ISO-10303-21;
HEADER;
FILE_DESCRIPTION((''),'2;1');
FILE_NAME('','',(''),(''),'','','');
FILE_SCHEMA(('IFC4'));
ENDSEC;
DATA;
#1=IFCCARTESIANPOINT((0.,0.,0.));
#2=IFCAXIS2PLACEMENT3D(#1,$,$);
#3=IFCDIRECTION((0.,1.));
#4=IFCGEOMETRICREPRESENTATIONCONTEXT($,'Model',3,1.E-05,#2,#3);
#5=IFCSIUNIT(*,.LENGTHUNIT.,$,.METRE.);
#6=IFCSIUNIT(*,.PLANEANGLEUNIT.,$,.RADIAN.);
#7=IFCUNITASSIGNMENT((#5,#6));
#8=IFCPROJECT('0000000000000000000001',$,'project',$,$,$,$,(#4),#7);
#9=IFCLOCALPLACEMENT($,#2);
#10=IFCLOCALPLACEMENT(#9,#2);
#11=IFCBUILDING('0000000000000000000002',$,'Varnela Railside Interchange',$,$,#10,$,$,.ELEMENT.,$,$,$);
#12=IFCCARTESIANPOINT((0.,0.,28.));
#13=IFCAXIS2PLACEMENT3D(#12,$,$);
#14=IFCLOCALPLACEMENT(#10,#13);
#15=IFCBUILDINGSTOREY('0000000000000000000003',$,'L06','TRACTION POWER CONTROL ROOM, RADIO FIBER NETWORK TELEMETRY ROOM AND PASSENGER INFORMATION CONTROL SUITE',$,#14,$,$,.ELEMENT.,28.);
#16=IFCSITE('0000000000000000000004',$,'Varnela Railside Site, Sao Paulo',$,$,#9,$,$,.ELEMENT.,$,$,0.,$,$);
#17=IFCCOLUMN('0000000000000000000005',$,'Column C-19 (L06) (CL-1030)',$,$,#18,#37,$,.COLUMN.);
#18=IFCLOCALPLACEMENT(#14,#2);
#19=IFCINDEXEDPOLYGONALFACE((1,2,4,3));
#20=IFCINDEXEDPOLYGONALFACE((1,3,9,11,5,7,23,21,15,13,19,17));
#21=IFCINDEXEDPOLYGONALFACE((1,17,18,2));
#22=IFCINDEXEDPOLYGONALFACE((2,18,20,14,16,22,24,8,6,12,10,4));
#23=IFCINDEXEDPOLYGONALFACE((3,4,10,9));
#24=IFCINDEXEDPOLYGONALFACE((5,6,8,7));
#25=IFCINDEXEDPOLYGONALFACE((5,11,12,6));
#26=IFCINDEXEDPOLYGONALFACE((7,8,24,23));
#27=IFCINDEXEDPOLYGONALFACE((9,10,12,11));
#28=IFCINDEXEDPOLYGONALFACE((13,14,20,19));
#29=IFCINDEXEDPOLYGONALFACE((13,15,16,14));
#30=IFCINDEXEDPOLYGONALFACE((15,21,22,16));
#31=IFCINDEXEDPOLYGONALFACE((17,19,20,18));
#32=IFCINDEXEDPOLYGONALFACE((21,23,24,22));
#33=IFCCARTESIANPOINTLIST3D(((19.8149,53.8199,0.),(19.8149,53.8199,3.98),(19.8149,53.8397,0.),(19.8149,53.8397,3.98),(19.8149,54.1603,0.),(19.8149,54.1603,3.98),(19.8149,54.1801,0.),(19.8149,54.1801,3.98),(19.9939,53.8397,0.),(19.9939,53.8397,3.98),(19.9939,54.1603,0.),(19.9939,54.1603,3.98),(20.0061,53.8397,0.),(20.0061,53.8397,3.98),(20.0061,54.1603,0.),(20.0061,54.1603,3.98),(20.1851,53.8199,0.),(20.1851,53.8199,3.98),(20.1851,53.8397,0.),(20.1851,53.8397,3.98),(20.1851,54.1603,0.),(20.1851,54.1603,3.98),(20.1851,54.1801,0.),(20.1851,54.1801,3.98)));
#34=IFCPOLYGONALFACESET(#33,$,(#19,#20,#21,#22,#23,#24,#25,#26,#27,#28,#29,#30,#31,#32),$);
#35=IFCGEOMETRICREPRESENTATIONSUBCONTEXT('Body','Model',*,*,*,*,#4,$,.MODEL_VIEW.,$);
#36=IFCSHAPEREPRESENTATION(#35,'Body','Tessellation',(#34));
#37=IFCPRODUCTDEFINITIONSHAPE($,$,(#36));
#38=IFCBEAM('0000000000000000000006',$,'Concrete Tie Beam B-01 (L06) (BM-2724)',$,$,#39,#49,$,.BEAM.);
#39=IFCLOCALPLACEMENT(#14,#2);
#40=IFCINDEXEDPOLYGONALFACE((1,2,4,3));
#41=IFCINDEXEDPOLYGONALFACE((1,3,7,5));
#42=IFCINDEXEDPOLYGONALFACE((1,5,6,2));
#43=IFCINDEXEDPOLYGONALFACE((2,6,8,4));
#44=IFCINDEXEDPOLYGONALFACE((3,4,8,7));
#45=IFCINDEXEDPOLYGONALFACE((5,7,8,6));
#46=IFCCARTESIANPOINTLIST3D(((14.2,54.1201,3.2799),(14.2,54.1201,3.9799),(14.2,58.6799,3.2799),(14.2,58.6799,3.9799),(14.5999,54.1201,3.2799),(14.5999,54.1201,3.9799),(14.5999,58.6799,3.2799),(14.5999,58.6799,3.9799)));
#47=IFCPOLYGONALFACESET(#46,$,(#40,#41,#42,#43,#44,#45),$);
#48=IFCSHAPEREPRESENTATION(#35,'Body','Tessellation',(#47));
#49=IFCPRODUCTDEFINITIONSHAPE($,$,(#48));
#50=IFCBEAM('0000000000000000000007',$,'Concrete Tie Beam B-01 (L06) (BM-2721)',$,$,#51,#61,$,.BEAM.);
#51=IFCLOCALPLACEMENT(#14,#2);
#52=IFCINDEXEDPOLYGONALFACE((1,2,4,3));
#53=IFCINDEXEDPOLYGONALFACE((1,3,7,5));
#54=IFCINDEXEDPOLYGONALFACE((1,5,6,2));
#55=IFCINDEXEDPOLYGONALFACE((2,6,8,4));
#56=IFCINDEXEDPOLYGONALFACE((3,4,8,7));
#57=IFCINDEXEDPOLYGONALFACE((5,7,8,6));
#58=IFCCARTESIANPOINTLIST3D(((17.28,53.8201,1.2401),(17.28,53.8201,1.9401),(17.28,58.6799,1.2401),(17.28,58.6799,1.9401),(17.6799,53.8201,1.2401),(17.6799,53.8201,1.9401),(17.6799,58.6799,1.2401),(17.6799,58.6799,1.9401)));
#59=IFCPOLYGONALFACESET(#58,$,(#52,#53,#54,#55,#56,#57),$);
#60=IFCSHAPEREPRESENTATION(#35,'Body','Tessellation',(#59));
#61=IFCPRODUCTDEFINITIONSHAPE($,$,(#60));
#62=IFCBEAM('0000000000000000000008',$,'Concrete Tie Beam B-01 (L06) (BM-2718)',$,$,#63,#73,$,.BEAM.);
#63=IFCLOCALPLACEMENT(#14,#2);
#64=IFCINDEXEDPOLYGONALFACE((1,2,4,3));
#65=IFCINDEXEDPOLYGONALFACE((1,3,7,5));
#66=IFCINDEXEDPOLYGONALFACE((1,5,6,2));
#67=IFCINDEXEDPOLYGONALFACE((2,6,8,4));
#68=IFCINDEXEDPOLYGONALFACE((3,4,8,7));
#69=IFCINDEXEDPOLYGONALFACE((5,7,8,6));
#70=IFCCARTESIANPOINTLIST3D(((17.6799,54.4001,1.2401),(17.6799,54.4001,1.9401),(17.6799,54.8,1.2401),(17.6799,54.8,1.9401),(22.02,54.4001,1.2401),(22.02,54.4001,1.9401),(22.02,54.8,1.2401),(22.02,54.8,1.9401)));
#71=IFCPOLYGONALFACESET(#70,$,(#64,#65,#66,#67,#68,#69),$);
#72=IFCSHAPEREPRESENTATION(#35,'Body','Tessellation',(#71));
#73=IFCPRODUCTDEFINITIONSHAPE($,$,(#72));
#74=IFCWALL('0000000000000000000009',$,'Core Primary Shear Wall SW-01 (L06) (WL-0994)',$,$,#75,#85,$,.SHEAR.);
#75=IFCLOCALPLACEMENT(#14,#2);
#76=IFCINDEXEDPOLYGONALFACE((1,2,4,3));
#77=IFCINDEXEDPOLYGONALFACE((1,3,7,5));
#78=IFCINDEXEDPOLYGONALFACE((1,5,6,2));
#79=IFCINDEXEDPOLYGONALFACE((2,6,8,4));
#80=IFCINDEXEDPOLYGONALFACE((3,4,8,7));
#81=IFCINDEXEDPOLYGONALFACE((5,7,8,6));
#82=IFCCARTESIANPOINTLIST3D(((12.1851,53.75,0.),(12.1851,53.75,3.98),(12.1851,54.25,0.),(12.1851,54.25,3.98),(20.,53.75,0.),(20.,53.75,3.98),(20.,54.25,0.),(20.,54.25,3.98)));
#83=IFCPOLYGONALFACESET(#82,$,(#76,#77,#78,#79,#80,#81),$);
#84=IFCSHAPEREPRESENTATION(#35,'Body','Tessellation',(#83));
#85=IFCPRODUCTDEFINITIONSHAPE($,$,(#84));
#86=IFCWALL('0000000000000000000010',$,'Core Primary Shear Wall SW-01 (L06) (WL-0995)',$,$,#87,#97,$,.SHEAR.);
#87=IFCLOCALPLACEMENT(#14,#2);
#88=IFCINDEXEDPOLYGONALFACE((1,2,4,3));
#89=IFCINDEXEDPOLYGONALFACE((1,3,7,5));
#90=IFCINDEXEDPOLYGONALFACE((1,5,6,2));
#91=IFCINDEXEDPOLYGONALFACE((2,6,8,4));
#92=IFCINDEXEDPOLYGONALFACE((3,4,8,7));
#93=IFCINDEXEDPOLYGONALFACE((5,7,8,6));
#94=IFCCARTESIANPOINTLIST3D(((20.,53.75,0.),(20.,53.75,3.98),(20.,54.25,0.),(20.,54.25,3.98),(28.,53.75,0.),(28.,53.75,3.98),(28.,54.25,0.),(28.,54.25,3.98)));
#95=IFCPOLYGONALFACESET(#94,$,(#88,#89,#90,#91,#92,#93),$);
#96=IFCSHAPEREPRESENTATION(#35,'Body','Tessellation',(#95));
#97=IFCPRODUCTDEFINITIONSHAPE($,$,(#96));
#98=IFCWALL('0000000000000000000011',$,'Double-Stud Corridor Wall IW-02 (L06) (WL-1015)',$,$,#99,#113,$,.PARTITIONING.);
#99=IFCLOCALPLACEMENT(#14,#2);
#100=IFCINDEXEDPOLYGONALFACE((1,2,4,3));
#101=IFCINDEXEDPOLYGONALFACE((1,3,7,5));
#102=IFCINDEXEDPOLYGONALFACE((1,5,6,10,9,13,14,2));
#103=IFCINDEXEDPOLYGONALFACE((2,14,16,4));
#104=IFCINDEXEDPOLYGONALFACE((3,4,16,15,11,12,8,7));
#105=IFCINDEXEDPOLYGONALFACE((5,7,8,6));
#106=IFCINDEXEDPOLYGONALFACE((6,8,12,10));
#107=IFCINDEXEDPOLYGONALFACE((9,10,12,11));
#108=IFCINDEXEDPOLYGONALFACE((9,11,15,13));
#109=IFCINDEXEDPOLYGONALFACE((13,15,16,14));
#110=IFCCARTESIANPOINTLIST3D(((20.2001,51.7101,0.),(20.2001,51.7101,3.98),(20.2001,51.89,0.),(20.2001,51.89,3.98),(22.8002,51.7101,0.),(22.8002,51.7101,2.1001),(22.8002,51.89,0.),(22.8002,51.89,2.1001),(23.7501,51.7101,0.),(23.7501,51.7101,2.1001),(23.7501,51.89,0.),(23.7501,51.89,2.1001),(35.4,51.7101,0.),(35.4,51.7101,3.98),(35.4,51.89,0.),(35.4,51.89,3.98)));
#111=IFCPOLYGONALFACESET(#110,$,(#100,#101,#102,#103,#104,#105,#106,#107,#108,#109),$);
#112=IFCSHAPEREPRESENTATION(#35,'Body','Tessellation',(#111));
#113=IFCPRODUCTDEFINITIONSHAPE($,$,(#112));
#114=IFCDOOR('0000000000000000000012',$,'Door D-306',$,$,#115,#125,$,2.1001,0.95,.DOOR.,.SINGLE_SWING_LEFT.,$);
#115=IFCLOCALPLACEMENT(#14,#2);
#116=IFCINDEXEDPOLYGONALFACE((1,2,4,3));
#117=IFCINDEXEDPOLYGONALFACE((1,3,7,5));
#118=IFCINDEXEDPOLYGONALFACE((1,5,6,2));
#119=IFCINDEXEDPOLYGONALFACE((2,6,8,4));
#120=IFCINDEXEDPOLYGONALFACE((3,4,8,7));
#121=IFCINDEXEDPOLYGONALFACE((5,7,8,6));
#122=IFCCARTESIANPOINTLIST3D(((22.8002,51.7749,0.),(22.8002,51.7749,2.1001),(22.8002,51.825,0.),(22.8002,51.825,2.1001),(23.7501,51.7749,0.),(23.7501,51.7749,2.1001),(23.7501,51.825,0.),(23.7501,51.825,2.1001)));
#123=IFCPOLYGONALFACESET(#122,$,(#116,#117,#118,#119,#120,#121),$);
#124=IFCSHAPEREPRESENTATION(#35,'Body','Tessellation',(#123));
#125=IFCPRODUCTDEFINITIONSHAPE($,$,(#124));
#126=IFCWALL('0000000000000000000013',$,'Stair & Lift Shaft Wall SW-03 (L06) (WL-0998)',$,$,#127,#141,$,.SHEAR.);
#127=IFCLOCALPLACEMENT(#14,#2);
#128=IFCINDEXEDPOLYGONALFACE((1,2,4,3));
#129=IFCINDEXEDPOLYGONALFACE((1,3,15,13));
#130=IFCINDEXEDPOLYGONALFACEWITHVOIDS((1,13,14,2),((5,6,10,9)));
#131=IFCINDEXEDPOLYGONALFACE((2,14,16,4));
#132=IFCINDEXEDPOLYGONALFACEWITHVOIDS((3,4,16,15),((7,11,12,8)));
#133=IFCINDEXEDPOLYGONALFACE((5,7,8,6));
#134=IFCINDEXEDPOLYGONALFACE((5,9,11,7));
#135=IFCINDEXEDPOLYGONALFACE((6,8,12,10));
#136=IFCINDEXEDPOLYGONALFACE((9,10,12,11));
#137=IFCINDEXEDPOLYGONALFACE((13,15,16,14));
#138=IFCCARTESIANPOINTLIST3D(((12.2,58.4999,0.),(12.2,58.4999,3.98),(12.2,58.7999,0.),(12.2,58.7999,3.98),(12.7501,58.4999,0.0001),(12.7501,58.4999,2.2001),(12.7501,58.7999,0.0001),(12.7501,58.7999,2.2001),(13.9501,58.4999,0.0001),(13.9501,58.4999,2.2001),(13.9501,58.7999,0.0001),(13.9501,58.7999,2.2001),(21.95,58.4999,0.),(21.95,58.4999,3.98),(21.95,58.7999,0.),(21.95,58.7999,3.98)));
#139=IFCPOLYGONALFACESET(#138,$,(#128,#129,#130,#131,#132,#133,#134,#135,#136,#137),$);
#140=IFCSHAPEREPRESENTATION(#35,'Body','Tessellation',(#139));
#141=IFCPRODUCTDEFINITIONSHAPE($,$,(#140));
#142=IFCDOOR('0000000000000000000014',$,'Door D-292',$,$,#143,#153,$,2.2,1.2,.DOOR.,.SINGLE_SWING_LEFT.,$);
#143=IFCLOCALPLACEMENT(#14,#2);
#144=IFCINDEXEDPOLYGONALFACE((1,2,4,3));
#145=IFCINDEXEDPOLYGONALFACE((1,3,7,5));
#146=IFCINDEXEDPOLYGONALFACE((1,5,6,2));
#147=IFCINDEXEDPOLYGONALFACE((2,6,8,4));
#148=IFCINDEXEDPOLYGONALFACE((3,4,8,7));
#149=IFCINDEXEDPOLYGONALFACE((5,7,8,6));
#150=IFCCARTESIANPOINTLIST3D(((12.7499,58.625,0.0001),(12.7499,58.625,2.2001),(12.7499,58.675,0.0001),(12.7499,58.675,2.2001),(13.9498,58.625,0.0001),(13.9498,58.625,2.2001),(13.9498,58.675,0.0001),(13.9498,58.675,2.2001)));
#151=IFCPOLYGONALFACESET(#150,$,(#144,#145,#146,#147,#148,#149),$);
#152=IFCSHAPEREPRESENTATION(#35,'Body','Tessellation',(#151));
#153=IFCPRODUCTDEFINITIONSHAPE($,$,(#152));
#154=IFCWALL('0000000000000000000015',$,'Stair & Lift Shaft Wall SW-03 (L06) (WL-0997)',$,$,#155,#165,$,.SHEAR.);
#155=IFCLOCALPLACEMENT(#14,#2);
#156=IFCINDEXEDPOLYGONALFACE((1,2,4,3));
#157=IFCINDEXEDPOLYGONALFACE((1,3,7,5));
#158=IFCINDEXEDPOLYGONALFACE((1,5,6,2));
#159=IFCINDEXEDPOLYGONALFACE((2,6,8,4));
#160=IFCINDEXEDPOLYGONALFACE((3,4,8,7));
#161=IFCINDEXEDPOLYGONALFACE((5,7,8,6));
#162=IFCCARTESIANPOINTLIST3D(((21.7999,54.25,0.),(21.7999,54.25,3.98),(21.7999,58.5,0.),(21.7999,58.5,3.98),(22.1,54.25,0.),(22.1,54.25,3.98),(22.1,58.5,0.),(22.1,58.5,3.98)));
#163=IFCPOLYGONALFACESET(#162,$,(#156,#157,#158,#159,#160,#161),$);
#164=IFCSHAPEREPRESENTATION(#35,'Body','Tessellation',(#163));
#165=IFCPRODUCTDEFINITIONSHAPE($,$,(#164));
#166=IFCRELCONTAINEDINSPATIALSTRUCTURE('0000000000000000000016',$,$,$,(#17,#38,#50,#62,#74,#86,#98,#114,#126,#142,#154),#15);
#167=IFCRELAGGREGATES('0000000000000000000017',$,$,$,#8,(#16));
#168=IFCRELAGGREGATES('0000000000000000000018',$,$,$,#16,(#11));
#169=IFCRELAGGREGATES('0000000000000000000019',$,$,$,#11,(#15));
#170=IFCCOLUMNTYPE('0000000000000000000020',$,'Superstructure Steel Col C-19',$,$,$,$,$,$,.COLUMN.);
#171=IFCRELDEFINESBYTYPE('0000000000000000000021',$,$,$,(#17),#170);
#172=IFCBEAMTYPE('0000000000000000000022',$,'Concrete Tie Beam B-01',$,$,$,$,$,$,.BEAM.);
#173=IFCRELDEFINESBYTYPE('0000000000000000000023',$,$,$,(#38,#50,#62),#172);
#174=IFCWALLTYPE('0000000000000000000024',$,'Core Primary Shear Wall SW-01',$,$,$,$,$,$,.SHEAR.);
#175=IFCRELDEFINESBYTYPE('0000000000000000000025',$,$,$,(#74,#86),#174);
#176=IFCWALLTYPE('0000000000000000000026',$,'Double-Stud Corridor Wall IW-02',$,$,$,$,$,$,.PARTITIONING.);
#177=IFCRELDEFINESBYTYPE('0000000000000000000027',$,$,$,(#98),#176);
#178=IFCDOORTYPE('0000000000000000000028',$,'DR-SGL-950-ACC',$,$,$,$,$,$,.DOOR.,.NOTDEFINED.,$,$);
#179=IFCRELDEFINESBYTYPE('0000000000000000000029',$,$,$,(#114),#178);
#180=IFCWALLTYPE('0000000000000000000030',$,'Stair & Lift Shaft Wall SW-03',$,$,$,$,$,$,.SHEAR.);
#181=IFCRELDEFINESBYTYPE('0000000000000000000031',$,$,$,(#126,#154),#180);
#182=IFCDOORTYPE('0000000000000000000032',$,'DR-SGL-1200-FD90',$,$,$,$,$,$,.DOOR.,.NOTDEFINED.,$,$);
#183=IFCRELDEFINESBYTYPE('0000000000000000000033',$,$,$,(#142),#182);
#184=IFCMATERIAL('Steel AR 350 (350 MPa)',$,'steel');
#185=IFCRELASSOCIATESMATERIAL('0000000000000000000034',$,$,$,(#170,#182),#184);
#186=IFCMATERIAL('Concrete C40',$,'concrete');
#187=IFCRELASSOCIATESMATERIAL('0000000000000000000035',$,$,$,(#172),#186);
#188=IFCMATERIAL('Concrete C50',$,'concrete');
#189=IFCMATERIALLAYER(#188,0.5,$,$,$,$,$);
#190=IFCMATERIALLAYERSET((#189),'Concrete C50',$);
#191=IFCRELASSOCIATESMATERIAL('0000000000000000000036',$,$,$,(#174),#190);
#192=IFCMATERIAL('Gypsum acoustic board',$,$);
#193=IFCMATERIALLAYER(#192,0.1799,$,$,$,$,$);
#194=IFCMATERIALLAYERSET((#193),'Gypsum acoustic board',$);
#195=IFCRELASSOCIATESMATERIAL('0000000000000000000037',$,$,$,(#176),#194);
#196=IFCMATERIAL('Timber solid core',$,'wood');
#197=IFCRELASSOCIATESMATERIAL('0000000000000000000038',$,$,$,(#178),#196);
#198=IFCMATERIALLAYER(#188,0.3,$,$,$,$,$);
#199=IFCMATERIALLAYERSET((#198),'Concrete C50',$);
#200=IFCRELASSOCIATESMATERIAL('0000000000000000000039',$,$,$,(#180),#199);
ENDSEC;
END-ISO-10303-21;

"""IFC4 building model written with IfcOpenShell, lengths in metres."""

from ifc_helpers import new_model, si_unit, direction, frame, frame_2d, origin, origin_2d, place, context, subcontext, project, spatial, rectangle, i_section, extrude, material, layer, layer_set, material_profile, profile_set, type_object, element, fill, save


model = new_model("IFC4")

# Units and contexts
model_context = context("Model", 3, precision=1e-05, world=origin(), true_north=direction((0.0, 1.0)))
body_context = subcontext(model_context, "Body", "Model", "MODEL_VIEW")
ifc_project = project(units=[si_unit("LENGTHUNIT", "METRE"), si_unit("PLANEANGLEUNIT", "RADIAN")], contexts=[model_context])

# Site, building, storey
site_placement = place(None, origin())
site = spatial("IfcSite", under=ifc_project, at=site_placement, Name="Varnela Railside Site, Sao Paulo", CompositionType="ELEMENT", RefElevation=0.0)
building_placement = place(site_placement, origin())
building = spatial("IfcBuilding", under=site, at=building_placement, Name="Varnela Railside Interchange", CompositionType="ELEMENT")
storey_placement = place(building_placement, frame((0.0, 0.0, 28.0)))
storey = spatial("IfcBuildingStorey", under=building, at=storey_placement, Name="L06", Description="TRACTION POWER CONTROL ROOM, RADIO FIBER NETWORK TELEMETRY ROOM AND PASSENGER INFORMATION CONTROL SUITE", CompositionType="ELEMENT", Elevation=28.0)

# Column
ifc_material_1 = material(Name="Steel AR 350 (350 MPa)", Category="steel")
ifc_material_profile_1 = material_profile(ifc_material_1, i_section(OverallWidth=0.3701, OverallDepth=0.3601, WebThickness=0.0122, FlangeThickness=0.0198, at=origin_2d()), Name="W360x147")
ifc_profile_set_1 = profile_set([ifc_material_profile_1], Name="Steel AR 350 (350 MPa)")
column_type = type_object("IfcColumnType", Name="Superstructure Steel Col C-19", PredefinedType="COLUMN", material=ifc_profile_set_1)
column_placement = place(storey_placement, frame((20.0, 54.0, 0.0), z_axis=(0.0, 0.0, 1.0), x_axis=(1.0, 0.0, 0.0)))
element("IfcColumn", 1, at=column_placement, inside=storey, type_object=column_type, Name="Column C-19 (L06) (CL-1030)", PredefinedType="COLUMN", context=body_context, shape_type="SweptSolid", body=[
    extrude(i_section(OverallWidth=0.3701, OverallDepth=0.3601, WebThickness=0.0122, FlangeThickness=0.0198, at=origin_2d()), origin(), (0.0, 0.0, 1.0), 3.98),
])

# Beams
ifc_material_2 = material(Name="Concrete C40", Category="concrete")
ifc_material_profile_2 = material_profile(ifc_material_2, rectangle(XDim=0.3999, YDim=0.7, at=origin_2d()), Name="RC 400x700")
ifc_profile_set_2 = profile_set([ifc_material_profile_2], Name="Concrete C40")
beam_type = type_object("IfcBeamType", Name="Concrete Tie Beam B-01", PredefinedType="BEAM", material=ifc_profile_set_2)
beam_1_placement = place(storey_placement, frame((14.3999, 54.1201, 3.6299), z_axis=(0.0, 1.0, 0.0), x_axis=(-1.0, 0.0, 0.0)))
element("IfcBeam", 2, at=beam_1_placement, inside=storey, type_object=beam_type, Name="Concrete Tie Beam B-01 (L06) (BM-2724)", PredefinedType="BEAM", context=body_context, shape_type="SweptSolid", body=[
    extrude(rectangle(XDim=0.3999, YDim=0.7, at=origin_2d()), origin(), (0.0, 0.0, 1.0), 4.5598),
])
beam_2_placement = place(storey_placement, frame((17.48, 53.8201, 1.5901), z_axis=(0.0, 1.0, 0.0), x_axis=(-1.0, 0.0, 0.0)))
element("IfcBeam", 3, at=beam_2_placement, inside=storey, type_object=beam_type, Name="Concrete Tie Beam B-01 (L06) (BM-2721)", PredefinedType="BEAM", context=body_context, shape_type="SweptSolid", body=[
    extrude(rectangle(XDim=0.3999, YDim=0.7, at=origin_2d()), origin(), (0.0, 0.0, 1.0), 4.8599),
])
beam_3_placement = place(storey_placement, frame((17.6799, 54.6001, 1.5901), z_axis=(1.0, 0.0, 0.0), x_axis=(0.0, 1.0, 0.0)))
element("IfcBeam", 4, at=beam_3_placement, inside=storey, type_object=beam_type, Name="Concrete Tie Beam B-01 (L06) (BM-2718)", PredefinedType="BEAM", context=body_context, shape_type="SweptSolid", body=[
    extrude(rectangle(XDim=0.3999, YDim=0.7, at=origin_2d()), origin(), (0.0, 0.0, 1.0), 4.3401),
])

# Walls
ifc_material_3 = material(Name="Concrete C50", Category="concrete")
ifc_layer_1 = layer(ifc_material_3, 0.5)
ifc_layer_set_1 = layer_set([ifc_layer_1], Name="Concrete C50")
wall_type_1 = type_object("IfcWallType", Name="Core Primary Shear Wall SW-01", PredefinedType="SHEAR", material=ifc_layer_set_1)
wall_1_placement = place(storey_placement, frame((12.1851, 54.0, 0.0), z_axis=(0.0, 0.0, 1.0), x_axis=(1.0, 0.0, 0.0)))
element("IfcWall", 5, at=wall_1_placement, inside=storey, type_object=wall_type_1, Name="Core Primary Shear Wall SW-01 (L06) (WL-0994)", PredefinedType="SHEAR", context=body_context, shape_type="SweptSolid", body=[
    extrude(rectangle(XDim=7.8149, YDim=0.5, at=frame_2d((3.9075, 0.0))), origin(), (0.0, 0.0, 1.0), 3.98),
])
wall_2_placement = place(storey_placement, frame((20.0, 54.0, 0.0), z_axis=(0.0, 0.0, 1.0), x_axis=(1.0, 0.0, 0.0)))
element("IfcWall", 6, at=wall_2_placement, inside=storey, type_object=wall_type_1, Name="Core Primary Shear Wall SW-01 (L06) (WL-0995)", PredefinedType="SHEAR", context=body_context, shape_type="SweptSolid", body=[
    extrude(rectangle(XDim=8.0, YDim=0.5, at=frame_2d((4.0, 0.0))), origin(), (0.0, 0.0, 1.0), 3.98),
])

# Walls, openings, doors
ifc_material_4 = material(Name="Gypsum acoustic board")
ifc_layer_2 = layer(ifc_material_4, 0.1799)
ifc_layer_set_2 = layer_set([ifc_layer_2], Name="Gypsum acoustic board")
wall_type_2 = type_object("IfcWallType", Name="Double-Stud Corridor Wall IW-02", PredefinedType="PARTITIONING", material=ifc_layer_set_2)
wall_3_placement = place(storey_placement, frame((20.2, 51.8, 0.0), z_axis=(0.0, 0.0, 1.0), x_axis=(1.0, 0.0, 0.0)))
wall_3 = element("IfcWall", 7, at=wall_3_placement, inside=storey, type_object=wall_type_2, Name="Double-Stud Corridor Wall IW-02 (L06) (WL-1015)", PredefinedType="PARTITIONING", context=body_context, shape_type="SweptSolid", body=[
    extrude(rectangle(XDim=15.2, YDim=0.1799, at=frame_2d((7.6001, 0.0))), origin(), (0.0, 0.0, 1.0), 3.98),
])
opening_1_placement = place(wall_3_placement, frame((2.6001, 0.0, 0.0)))
opening_1 = element("IfcOpeningElement", 8, at=opening_1_placement, cuts=wall_3, PredefinedType="OPENING", context=body_context, shape_type="SweptSolid", body=[
    extrude(rectangle(XDim=0.95, YDim=2.1001, at=frame_2d((0.4751, 1.05))), frame((0.0, 0.0999, 0.0), z_axis=(0.0, -1.0, 0.0), x_axis=(1.0, 0.0, 0.0)), (0.0, 0.0, 1.0), 0.2),
])
ifc_material_5 = material(Name="Timber solid core", Category="wood")
door_type_1 = type_object("IfcDoorType", Name="DR-SGL-950-ACC", OperationType="NOTDEFINED", PredefinedType="DOOR", material=ifc_material_5)
door_1_placement = place(opening_1_placement, origin())
door_1 = element("IfcDoor", 9, at=door_1_placement, inside=storey, type_object=door_type_1, Name="Door D-306", OperationType="SINGLE_SWING_LEFT", OverallHeight=2.1001, OverallWidth=0.95, PredefinedType="DOOR", context=body_context, shape_type="SweptSolid", body=[
    extrude(rectangle(XDim=0.95, YDim=2.1001, at=frame_2d((0.4751, 1.05))), frame((0.0, 0.0249, 0.0), z_axis=(0.0, -1.0, 0.0), x_axis=(1.0, 0.0, 0.0)), (0.0, 0.0, 1.0), 0.05),
])
fill(opening_1, door_1)
ifc_layer_3 = layer(ifc_material_3, 0.3)
ifc_layer_set_3 = layer_set([ifc_layer_3], Name="Concrete C50")
wall_type_3 = type_object("IfcWallType", Name="Stair & Lift Shaft Wall SW-03", PredefinedType="SHEAR", material=ifc_layer_set_3)
wall_4_placement = place(storey_placement, frame((12.2, 58.6499, 0.0), z_axis=(0.0, 0.0, 1.0), x_axis=(1.0, 0.0, 0.0)))
wall_4 = element("IfcWall", 10, at=wall_4_placement, inside=storey, type_object=wall_type_3, Name="Stair & Lift Shaft Wall SW-03 (L06) (WL-0998)", PredefinedType="SHEAR", context=body_context, shape_type="SweptSolid", body=[
    extrude(rectangle(XDim=9.75, YDim=0.3, at=frame_2d((4.875, 0.0))), origin(), (0.0, 0.0, 1.0), 3.98),
])
opening_2_placement = place(wall_4_placement, frame((0.55, 0.0, 0.0)))
opening_2 = element("IfcOpeningElement", 11, at=opening_2_placement, cuts=wall_4, PredefinedType="OPENING", context=body_context, shape_type="SweptSolid", body=[
    extrude(rectangle(XDim=1.2, YDim=2.2, at=frame_2d((0.6001, 1.1001))), frame((0.0, 0.1599, 0.0), z_axis=(0.0, -1.0, 0.0), x_axis=(1.0, 0.0, 0.0)), (0.0, 0.0, 1.0), 0.3201),
])
door_type_2 = type_object("IfcDoorType", Name="DR-SGL-1200-FD90", OperationType="NOTDEFINED", PredefinedType="DOOR", material=ifc_material_1)
door_2_placement = place(opening_2_placement, frame((1.2, 0.0, 0.0), z_axis=(0.0, 0.0, 1.0), x_axis=(-1.0, 0.0, 0.0)))
door_2 = element("IfcDoor", 12, at=door_2_placement, inside=storey, type_object=door_type_2, Name="Door D-292", OperationType="SINGLE_SWING_LEFT", OverallHeight=2.2, OverallWidth=1.2, PredefinedType="DOOR", context=body_context, shape_type="SweptSolid", body=[
    extrude(rectangle(XDim=1.2, YDim=2.2, at=frame_2d((0.6001, 1.1001))), frame((0.0, 0.0249, 0.0), z_axis=(0.0, -1.0, 0.0), x_axis=(1.0, 0.0, 0.0)), (0.0, 0.0, 1.0), 0.05),
])
fill(opening_2, door_2)

# Wall
wall_5_placement = place(storey_placement, frame((21.95, 54.25, 0.0), z_axis=(0.0, 0.0, 1.0), x_axis=(0.0, 1.0, 0.0)))
element("IfcWall", 13, at=wall_5_placement, inside=storey, type_object=wall_type_3, Name="Stair & Lift Shaft Wall SW-03 (L06) (WL-0997)", PredefinedType="SHEAR", context=body_context, shape_type="SweptSolid", body=[
    extrude(rectangle(XDim=4.25, YDim=0.3, at=frame_2d((2.125, 0.0))), origin(), (0.0, 0.0, 1.0), 3.98),
])

save(model, "model.ifc")
